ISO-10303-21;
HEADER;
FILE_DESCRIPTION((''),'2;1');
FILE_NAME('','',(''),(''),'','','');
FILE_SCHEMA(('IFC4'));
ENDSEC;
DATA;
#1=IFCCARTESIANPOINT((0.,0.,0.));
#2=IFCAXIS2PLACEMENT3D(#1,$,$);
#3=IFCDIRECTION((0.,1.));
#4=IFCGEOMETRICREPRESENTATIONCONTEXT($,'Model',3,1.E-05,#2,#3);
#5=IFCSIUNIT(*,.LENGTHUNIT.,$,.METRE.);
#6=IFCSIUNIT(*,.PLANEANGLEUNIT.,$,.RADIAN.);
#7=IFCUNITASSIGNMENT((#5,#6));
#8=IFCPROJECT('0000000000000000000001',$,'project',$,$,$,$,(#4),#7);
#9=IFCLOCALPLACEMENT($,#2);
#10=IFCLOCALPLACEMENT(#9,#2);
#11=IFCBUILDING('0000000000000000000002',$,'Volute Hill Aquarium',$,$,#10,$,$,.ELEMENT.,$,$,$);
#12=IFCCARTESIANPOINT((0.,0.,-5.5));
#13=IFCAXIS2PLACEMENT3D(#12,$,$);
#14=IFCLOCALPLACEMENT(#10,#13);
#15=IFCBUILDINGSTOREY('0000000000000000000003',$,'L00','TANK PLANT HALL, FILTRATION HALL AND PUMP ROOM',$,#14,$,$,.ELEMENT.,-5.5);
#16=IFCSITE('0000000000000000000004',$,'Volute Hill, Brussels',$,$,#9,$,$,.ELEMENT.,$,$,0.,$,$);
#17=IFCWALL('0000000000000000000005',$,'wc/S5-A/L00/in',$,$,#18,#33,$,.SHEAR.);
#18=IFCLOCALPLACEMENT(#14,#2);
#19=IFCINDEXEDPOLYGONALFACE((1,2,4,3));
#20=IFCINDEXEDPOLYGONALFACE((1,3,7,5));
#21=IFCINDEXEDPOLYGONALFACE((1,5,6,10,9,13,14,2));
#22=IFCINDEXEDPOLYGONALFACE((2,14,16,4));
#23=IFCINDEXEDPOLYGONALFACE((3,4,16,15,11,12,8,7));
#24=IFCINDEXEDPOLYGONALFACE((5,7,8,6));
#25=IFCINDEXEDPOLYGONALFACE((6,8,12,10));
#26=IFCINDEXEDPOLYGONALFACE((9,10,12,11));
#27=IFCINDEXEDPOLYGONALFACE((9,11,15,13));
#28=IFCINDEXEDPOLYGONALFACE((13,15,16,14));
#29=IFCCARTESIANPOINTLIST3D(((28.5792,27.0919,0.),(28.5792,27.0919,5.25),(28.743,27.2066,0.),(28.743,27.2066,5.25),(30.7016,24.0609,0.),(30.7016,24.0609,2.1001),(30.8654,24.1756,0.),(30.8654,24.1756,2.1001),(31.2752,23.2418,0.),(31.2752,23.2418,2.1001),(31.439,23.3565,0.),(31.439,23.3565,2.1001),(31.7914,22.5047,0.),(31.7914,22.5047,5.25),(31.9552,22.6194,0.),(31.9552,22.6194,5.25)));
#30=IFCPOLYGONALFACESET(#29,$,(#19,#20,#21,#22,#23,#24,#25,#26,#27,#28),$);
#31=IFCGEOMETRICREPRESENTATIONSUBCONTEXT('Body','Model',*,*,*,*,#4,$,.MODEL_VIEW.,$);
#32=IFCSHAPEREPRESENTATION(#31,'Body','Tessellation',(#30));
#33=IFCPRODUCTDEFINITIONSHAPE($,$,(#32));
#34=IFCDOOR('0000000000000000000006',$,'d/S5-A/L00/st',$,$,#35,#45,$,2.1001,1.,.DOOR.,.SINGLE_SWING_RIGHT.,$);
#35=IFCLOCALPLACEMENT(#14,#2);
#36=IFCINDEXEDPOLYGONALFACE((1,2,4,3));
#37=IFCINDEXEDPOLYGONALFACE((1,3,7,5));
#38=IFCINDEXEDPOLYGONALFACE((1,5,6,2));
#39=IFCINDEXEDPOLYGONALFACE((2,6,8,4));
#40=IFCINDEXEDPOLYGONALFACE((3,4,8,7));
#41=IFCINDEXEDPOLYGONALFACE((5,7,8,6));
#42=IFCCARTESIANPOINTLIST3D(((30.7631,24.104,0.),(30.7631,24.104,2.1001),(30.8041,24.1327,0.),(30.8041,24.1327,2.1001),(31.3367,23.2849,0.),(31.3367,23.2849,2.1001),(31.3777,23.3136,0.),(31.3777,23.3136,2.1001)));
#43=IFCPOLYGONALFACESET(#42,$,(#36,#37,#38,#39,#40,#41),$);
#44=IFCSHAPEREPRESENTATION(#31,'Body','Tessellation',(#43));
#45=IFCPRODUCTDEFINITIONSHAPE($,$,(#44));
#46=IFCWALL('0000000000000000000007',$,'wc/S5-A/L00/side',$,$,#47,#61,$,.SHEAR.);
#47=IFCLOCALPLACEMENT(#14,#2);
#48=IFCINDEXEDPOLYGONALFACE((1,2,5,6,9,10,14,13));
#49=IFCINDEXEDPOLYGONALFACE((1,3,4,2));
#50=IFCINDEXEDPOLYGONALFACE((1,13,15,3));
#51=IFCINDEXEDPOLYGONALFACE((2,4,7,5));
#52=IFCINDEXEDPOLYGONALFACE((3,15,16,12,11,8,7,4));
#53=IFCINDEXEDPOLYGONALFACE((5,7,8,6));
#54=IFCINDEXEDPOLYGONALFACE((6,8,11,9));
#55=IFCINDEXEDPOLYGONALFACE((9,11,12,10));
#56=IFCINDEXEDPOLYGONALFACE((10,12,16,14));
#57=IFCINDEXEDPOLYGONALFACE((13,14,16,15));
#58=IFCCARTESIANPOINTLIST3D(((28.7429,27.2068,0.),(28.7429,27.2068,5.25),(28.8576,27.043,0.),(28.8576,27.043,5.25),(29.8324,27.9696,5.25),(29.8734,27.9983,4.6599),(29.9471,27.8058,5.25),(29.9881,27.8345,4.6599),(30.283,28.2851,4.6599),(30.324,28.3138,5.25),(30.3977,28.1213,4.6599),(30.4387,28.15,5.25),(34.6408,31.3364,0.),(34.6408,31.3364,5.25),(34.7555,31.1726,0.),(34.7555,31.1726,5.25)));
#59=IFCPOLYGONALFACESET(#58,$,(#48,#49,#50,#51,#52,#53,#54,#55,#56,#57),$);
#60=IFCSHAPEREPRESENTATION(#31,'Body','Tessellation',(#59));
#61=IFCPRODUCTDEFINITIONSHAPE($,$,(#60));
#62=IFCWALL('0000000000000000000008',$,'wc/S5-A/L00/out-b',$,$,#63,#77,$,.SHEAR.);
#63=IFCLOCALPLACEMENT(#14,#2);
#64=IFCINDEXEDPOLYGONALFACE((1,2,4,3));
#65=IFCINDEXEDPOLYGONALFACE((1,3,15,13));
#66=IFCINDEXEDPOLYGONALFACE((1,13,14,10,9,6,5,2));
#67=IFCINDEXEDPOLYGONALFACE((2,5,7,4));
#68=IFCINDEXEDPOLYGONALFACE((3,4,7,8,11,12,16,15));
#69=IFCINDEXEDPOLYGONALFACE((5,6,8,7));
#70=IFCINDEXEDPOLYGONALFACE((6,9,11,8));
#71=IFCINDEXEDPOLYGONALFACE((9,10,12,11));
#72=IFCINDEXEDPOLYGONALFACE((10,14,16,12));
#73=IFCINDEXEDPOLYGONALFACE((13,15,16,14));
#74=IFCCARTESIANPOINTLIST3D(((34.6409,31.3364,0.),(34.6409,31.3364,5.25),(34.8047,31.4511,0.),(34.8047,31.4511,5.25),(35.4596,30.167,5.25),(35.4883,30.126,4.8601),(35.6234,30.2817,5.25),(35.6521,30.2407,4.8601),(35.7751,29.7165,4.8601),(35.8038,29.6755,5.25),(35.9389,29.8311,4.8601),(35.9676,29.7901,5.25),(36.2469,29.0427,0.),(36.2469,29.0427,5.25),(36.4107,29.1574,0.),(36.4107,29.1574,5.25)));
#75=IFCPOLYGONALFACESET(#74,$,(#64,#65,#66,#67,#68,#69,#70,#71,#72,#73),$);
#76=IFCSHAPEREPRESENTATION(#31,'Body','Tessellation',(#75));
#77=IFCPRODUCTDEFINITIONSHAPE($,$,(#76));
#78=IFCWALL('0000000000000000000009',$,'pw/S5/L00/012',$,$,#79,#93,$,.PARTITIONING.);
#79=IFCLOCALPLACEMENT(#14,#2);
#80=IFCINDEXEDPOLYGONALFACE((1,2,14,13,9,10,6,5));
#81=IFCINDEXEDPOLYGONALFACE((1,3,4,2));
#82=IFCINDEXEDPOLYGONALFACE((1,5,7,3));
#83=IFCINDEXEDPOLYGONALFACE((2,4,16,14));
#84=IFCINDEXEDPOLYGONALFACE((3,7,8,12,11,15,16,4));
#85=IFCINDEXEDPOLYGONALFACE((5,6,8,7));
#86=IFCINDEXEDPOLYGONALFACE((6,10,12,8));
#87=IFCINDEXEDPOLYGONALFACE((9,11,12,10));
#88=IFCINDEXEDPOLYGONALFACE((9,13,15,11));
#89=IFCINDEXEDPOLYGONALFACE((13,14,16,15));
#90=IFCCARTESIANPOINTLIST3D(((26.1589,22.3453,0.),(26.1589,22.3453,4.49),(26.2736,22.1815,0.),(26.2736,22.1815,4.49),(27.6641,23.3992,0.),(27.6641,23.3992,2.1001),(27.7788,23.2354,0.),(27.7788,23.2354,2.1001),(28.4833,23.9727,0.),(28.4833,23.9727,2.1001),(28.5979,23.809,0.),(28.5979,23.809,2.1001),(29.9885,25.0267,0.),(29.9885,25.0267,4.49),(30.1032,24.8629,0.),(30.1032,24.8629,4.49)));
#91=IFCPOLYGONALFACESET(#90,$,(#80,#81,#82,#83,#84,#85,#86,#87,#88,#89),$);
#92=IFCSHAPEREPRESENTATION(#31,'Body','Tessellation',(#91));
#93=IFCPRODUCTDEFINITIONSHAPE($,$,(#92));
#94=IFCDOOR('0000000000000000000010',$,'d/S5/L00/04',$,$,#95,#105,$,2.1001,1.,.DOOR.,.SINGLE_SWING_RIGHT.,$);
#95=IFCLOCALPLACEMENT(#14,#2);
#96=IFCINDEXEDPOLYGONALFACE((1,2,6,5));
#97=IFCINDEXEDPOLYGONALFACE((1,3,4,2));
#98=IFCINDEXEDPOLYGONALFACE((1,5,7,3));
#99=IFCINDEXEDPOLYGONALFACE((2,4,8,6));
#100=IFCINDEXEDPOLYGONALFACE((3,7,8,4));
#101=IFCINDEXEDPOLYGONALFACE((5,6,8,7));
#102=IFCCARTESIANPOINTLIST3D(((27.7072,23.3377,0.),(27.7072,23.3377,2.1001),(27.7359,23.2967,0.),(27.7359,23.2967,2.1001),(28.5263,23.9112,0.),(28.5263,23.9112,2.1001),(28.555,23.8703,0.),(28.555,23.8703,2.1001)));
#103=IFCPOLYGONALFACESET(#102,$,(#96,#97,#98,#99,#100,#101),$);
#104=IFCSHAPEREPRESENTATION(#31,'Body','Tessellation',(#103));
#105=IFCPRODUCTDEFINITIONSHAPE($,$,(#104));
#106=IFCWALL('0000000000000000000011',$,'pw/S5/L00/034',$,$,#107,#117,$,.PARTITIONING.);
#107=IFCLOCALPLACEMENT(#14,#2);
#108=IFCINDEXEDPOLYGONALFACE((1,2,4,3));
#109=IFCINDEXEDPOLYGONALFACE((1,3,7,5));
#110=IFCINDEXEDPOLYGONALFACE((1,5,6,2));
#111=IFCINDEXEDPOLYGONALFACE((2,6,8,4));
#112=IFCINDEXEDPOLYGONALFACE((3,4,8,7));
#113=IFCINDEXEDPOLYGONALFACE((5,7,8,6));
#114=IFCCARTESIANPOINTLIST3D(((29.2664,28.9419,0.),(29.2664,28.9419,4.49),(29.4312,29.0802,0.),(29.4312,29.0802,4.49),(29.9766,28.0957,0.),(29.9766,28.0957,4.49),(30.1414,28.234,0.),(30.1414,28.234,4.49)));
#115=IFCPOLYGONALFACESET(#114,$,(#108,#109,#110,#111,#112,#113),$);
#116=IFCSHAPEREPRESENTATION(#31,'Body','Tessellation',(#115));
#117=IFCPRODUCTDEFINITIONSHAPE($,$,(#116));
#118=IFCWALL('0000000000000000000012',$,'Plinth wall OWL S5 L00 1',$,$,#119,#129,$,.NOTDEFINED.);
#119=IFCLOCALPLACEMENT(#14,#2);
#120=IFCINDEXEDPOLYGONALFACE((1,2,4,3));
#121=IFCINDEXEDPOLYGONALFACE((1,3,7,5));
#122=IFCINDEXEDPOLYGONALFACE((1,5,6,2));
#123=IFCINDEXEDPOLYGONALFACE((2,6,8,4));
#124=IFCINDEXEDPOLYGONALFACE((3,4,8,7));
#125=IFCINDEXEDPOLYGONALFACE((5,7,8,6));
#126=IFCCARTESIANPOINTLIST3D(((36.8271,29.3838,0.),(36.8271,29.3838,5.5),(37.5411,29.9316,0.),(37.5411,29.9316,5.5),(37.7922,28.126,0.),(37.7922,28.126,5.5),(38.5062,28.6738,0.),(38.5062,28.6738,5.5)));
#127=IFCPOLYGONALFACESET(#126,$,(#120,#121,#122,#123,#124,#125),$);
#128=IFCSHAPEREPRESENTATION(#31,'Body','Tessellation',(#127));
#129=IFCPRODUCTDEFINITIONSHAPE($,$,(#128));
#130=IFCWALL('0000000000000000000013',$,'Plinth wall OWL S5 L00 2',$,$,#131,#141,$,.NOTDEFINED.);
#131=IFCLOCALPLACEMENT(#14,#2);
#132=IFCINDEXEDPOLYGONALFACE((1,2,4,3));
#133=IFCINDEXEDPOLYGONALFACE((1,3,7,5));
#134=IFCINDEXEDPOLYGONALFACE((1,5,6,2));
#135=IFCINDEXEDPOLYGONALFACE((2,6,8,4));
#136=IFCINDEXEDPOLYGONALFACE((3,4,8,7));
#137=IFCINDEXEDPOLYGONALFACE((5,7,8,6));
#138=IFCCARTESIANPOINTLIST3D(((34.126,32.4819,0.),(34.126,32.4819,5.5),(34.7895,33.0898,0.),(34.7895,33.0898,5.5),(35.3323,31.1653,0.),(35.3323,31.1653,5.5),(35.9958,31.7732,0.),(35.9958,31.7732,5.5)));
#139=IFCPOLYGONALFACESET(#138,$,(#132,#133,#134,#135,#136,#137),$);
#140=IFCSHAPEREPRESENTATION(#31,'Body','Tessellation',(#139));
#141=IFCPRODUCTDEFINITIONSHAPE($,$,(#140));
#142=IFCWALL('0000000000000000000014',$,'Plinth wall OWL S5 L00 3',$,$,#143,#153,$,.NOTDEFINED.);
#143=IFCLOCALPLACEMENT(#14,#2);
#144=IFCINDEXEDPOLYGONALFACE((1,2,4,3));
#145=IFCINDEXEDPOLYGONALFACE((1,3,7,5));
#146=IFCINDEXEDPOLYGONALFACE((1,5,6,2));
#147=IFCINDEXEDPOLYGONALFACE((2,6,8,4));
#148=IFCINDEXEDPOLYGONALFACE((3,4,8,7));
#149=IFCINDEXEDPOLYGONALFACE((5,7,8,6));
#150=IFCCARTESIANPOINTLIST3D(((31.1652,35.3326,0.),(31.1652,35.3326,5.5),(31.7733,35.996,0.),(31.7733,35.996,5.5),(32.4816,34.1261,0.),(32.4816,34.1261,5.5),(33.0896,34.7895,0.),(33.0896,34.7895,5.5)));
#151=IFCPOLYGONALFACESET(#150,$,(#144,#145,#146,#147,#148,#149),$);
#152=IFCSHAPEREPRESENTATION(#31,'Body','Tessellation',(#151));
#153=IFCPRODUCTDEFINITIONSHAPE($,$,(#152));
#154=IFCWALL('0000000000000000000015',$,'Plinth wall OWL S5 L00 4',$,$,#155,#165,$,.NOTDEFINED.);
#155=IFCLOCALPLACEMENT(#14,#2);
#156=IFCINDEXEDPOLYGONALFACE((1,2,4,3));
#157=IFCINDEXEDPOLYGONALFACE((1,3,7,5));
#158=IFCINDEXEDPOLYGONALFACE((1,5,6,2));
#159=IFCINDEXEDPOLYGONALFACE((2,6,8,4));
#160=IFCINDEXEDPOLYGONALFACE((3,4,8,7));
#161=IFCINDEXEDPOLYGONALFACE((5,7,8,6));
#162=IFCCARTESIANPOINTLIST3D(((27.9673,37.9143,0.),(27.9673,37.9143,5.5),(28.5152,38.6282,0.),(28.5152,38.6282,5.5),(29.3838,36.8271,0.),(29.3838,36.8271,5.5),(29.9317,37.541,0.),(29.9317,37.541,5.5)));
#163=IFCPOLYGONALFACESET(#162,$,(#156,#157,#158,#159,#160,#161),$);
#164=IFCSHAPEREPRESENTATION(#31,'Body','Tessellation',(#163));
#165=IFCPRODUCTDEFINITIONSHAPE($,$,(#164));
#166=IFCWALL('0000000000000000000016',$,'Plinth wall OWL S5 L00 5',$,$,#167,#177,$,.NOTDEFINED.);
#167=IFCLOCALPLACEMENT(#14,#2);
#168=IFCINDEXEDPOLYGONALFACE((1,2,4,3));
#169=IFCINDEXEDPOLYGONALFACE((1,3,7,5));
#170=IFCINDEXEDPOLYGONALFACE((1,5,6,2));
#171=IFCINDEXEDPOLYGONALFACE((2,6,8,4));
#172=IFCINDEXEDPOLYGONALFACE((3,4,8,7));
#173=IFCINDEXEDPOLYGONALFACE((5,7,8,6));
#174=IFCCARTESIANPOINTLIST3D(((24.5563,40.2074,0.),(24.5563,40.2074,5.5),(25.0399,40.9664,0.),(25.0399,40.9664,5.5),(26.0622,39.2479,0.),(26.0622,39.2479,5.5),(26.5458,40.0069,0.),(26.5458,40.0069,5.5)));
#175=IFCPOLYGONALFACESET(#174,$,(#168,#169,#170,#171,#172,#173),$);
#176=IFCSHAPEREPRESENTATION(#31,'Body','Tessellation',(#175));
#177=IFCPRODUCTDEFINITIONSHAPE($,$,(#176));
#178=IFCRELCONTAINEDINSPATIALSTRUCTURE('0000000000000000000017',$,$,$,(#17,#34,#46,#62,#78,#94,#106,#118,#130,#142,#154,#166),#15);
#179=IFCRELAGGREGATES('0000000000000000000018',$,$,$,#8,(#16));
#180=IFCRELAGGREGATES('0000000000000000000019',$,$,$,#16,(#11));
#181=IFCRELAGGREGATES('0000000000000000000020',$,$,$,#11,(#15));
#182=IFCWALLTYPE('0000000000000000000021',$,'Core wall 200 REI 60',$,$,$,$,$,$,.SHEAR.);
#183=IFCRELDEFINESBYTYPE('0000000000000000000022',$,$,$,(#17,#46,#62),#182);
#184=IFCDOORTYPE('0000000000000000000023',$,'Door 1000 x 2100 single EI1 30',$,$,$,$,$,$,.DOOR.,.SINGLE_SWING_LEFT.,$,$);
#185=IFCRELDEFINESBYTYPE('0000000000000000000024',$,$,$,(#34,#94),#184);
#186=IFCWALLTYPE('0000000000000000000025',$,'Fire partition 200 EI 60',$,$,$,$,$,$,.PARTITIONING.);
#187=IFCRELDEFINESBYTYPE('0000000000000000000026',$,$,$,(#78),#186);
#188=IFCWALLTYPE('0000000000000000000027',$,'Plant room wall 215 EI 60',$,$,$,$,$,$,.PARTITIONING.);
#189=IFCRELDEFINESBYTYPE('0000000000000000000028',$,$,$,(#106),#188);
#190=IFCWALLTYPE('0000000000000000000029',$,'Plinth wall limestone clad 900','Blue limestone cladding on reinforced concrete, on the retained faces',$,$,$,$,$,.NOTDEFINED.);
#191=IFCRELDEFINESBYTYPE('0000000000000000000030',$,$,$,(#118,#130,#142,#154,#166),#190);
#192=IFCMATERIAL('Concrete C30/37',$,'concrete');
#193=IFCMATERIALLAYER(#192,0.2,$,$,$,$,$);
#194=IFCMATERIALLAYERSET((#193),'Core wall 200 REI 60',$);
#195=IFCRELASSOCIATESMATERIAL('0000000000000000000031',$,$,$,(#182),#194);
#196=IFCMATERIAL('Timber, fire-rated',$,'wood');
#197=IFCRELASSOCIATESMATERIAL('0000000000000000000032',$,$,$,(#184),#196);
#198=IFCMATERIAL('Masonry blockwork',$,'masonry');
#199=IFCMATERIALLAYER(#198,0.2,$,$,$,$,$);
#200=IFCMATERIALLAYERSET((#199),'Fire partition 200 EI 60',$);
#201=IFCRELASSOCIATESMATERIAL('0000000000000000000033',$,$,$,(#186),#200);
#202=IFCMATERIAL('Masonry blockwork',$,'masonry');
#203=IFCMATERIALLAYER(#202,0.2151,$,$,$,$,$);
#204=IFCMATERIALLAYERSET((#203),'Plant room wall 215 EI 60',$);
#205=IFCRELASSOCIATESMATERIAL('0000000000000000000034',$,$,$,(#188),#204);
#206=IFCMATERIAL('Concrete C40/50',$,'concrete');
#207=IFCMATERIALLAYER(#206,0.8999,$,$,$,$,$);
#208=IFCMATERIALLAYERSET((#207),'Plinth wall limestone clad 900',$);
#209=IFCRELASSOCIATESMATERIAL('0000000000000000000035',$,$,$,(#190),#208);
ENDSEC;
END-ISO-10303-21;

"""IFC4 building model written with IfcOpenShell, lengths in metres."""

from ifc_helpers import new_model, si_unit, direction, frame, frame_2d, origin, place, context, subcontext, project, spatial, polyline, rectangle, outline, extrude, material, layer, layer_set, type_object, element, fill, save


model = new_model("IFC4")

# Units and contexts
model_context = context("Model", 3, precision=1e-05, world=origin(), true_north=direction((0.0, 1.0)))
body_context = subcontext(model_context, "Body", "Model", "MODEL_VIEW")
ifc_project = project(units=[si_unit("LENGTHUNIT", "METRE"), si_unit("PLANEANGLEUNIT", "RADIAN")], contexts=[model_context])

# Site, building, storey
site_placement = place(None, origin())
site = spatial("IfcSite", under=ifc_project, at=site_placement, Name="Volute Hill, Brussels", CompositionType="ELEMENT", RefElevation=0.0)
building_placement = place(site_placement, origin())
building = spatial("IfcBuilding", under=site, at=building_placement, Name="Volute Hill Aquarium", CompositionType="ELEMENT")
storey_placement = place(building_placement, frame((0.0, 0.0, -5.5)))
storey = spatial("IfcBuildingStorey", under=building, at=storey_placement, Name="L00", Description="TANK PLANT HALL, FILTRATION HALL AND PUMP ROOM", CompositionType="ELEMENT", Elevation=-5.5)

# Wall, opening, door
ifc_material_1 = material(Name="Concrete C30/37", Category="concrete")
ifc_layer_1 = layer(ifc_material_1, 0.2)
ifc_layer_set_1 = layer_set([ifc_layer_1], Name="Core wall 200 REI 60")
wall_type_1 = type_object("IfcWallType", Name="Core wall 200 REI 60", PredefinedType="SHEAR", material=ifc_layer_set_1)
wall_1_placement = place(storey_placement, frame((31.8733, 22.562, 0.0), z_axis=(0.0, 0.0, 1.0), x_axis=(-0.5736, 0.819136, 0.0)))
wall_1 = element("IfcWall", 1, at=wall_1_placement, inside=storey, type_object=wall_type_1, Name="wc/S5-A/L00/in", PredefinedType="SHEAR", context=body_context, shape_type="SweptSolid", body=[
    extrude(rectangle(XDim=5.6001, YDim=0.2, at=frame_2d((2.8, 0.0))), origin(), (0.0, 0.0, 1.0), 5.25),
])
opening_1_placement = place(wall_1_placement, frame((0.8999, 0.0, 0.0)))
opening_1 = element("IfcOpeningElement", 2, at=opening_1_placement, cuts=wall_1, PredefinedType="OPENING", context=body_context, shape_type="SweptSolid", body=[
    extrude(rectangle(XDim=1.0, YDim=2.1001, at=frame_2d((0.5, 1.05))), frame((0.0, 0.1099, 0.0), z_axis=(0.0, -1.0, 0.0), x_axis=(1.0, 0.0, 0.0)), (0.0, 0.0, 1.0), 0.22),
])
ifc_material_2 = material(Name="Timber, fire-rated", Category="wood")
door_type_1 = type_object("IfcDoorType", Name="Door 1000 x 2100 single EI1 30", OperationType="SINGLE_SWING_LEFT", PredefinedType="DOOR", material=ifc_material_2)
door_1_placement = place(opening_1_placement, origin())
door_1 = element("IfcDoor", 3, at=door_1_placement, inside=storey, type_object=door_type_1, Name="d/S5-A/L00/st", OperationType="SINGLE_SWING_RIGHT", OverallHeight=2.1001, OverallWidth=1.0, PredefinedType="DOOR", context=body_context, shape_type="SweptSolid", body=[
    extrude(rectangle(XDim=1.0, YDim=2.1001, at=frame_2d((0.5, 1.05))), frame((0.0, 0.0249, 0.0), z_axis=(0.0, -1.0, 0.0), x_axis=(1.0, 0.0, 0.0)), (0.0, 0.0, 1.0), 0.05),
])
fill(opening_1, door_1)

# Walls
wall_2_placement = place(storey_placement, frame((28.8003, 27.1248, 0.0), z_axis=(0.0, 0.0, 1.0), x_axis=(0.819162, 0.573562, 0.0)))
element("IfcWall", 4, at=wall_2_placement, inside=storey, type_object=wall_type_1, Name="wc/S5-A/L00/side", PredefinedType="SHEAR", context=body_context, shape_type="SweptSolid", body=[
    extrude(outline(polyline([(0.0, 0.0), (7.2, 0.0), (7.2, 5.25), (1.9302, 5.25), (1.8801, 4.6599), (1.3801, 4.6599), (1.3301, 5.25), (0.0, 5.25), (0.0, 0.0)])), frame((0.0, 0.1001, 0.0), z_axis=(0.0, -1.0, 0.0), x_axis=(1.0, 0.0, 0.0)), (0.0, 0.0, 1.0), 0.2),
])
wall_3_placement = place(storey_placement, frame((36.3289, 29.1001, 0.0), z_axis=(0.0, 0.0, 1.0), x_axis=(-0.57355, 0.81917, 0.0)))
element("IfcWall", 5, at=wall_3_placement, inside=storey, type_object=wall_type_1, Name="wc/S5-A/L00/out-b", PredefinedType="SHEAR", context=body_context, shape_type="SweptSolid", body=[
    extrude(outline(polyline([(0.0, 0.0), (2.8, 0.0), (2.8, 5.25), (1.3726, 5.25), (1.3225, 4.8601), (0.8225, 4.8601), (0.7725, 5.25), (0.0, 5.25), (0.0, 0.0)])), frame((0.0, 0.1001, 0.0), z_axis=(0.0, -1.0, 0.0), x_axis=(1.0, 0.0, 0.0)), (0.0, 0.0, 1.0), 0.2),
])

# Wall, opening, door
ifc_material_3 = material(Name="Masonry blockwork", Category="masonry")
ifc_layer_2 = layer(ifc_material_3, 0.2)
ifc_layer_set_2 = layer_set([ifc_layer_2], Name="Fire partition 200 EI 60")
wall_type_2 = type_object("IfcWallType", Name="Fire partition 200 EI 60", PredefinedType="PARTITIONING", material=ifc_layer_set_2)
wall_4_placement = place(storey_placement, frame((26.2163, 22.2634, 0.0), z_axis=(0.0, 0.0, 1.0), x_axis=(0.819163, 0.57356, 0.0)))
wall_4 = element("IfcWall", 6, at=wall_4_placement, inside=storey, type_object=wall_type_2, Name="pw/S5/L00/012", PredefinedType="PARTITIONING", context=body_context, shape_type="SweptSolid", body=[
    extrude(rectangle(XDim=4.675, YDim=0.2, at=frame_2d((2.3374, 0.0))), origin(), (0.0, 0.0, 1.0), 4.49),
])
opening_2_placement = place(wall_4_placement, frame((1.8374, 0.0, 0.0)))
opening_2 = element("IfcOpeningElement", 7, at=opening_2_placement, cuts=wall_4, PredefinedType="OPENING", context=body_context, shape_type="SweptSolid", body=[
    extrude(rectangle(XDim=1.0, YDim=2.1001, at=frame_2d((0.5, 1.05))), frame((0.0, 0.1099, 0.0), z_axis=(0.0, -1.0, 0.0), x_axis=(1.0, 0.0, 0.0)), (0.0, 0.0, 1.0), 0.22),
])
door_2_placement = place(opening_2_placement, origin())
door_2 = element("IfcDoor", 8, at=door_2_placement, inside=storey, type_object=door_type_1, Name="d/S5/L00/04", OperationType="SINGLE_SWING_RIGHT", OverallHeight=2.1001, OverallWidth=1.0, PredefinedType="DOOR", context=body_context, shape_type="SweptSolid", body=[
    extrude(rectangle(XDim=1.0, YDim=2.1001, at=frame_2d((0.5, 1.05))), frame((0.0, 0.0249, 0.0), z_axis=(0.0, -1.0, 0.0), x_axis=(1.0, 0.0, 0.0)), (0.0, 0.0, 1.0), 0.05),
])
fill(opening_2, door_2)

# Walls
ifc_material_4 = material(Name="Masonry blockwork", Category="masonry")
ifc_layer_3 = layer(ifc_material_4, 0.2151)
ifc_layer_set_3 = layer_set([ifc_layer_3], Name="Plant room wall 215 EI 60")
wall_type_3 = type_object("IfcWallType", Name="Plant room wall 215 EI 60", PredefinedType="PARTITIONING", material=ifc_layer_set_3)
wall_5_placement = place(storey_placement, frame((29.3489, 29.011, 0.0), z_axis=(0.0, 0.0, 1.0), x_axis=(0.642876, -0.76597, 0.0)))
element("IfcWall", 9, at=wall_5_placement, inside=storey, type_object=wall_type_3, Name="pw/S5/L00/034", PredefinedType="PARTITIONING", context=body_context, shape_type="SweptSolid", body=[
    extrude(rectangle(XDim=1.1047, YDim=0.2151, at=frame_2d((0.5522, 0.0))), origin(), (0.0, 0.0, 1.0), 4.49),
])
ifc_material_5 = material(Name="Concrete C40/50", Category="concrete")
ifc_layer_4 = layer(ifc_material_5, 0.8999)
ifc_layer_set_4 = layer_set([ifc_layer_4], Name="Plinth wall limestone clad 900")
wall_type_4 = type_object("IfcWallType", Name="Plinth wall limestone clad 900", Description="Blue limestone cladding on reinforced concrete, on the retained faces", PredefinedType="NOTDEFINED", material=ifc_layer_set_4)
wall_6_placement = place(storey_placement, frame((37.1841, 29.6577, 0.0), z_axis=(0.0, 0.0, 1.0), x_axis=(0.608735, -0.793373, 0.0)))
element("IfcWall", 10, at=wall_6_placement, inside=storey, type_object=wall_type_4, Name="Plinth wall OWL S5 L00 1", PredefinedType="NOTDEFINED", context=body_context, shape_type="SweptSolid", body=[
    extrude(rectangle(XDim=1.5854, YDim=0.8999, at=frame_2d((0.7927, 0.0))), origin(), (0.0, 0.0, 1.0), 5.5),
])
for number, where, z_axis, x_axis, name in (
    (11, (34.4578, 32.7859, 0.0), (0.0, 0.0, 1.0), (0.675533, -0.73733, 0.0), "Plinth wall OWL S5 L00 2"),
    (12, (31.4692, 35.6643, 0.0), (0.0, 0.0, 1.0), (0.7372, -0.675675, 0.0), "Plinth wall OWL S5 L00 3"),
    (13, (28.2412, 38.2712, 0.0), (0.0, 0.0, 1.0), (0.793289, -0.608845, 0.0), "Plinth wall OWL S5 L00 4"),
    (14, (24.7981, 40.5869, 0.0), (0.0, 0.0, 1.0), (0.843357, -0.537353, 0.0), "Plinth wall OWL S5 L00 5"),
):
    element("IfcWall", number, at=place(storey_placement, frame(where, z_axis=z_axis, x_axis=x_axis)), inside=storey, type_object=wall_type_4, Name=name, PredefinedType="NOTDEFINED", context=body_context, shape_type="SweptSolid", body=[
        extrude(rectangle(XDim=1.7856, YDim=0.8999, at=frame_2d((0.8928, 0.0))), origin(), (0.0, 0.0, 1.0), 5.5),
    ])

save(model, "model.ifc")
